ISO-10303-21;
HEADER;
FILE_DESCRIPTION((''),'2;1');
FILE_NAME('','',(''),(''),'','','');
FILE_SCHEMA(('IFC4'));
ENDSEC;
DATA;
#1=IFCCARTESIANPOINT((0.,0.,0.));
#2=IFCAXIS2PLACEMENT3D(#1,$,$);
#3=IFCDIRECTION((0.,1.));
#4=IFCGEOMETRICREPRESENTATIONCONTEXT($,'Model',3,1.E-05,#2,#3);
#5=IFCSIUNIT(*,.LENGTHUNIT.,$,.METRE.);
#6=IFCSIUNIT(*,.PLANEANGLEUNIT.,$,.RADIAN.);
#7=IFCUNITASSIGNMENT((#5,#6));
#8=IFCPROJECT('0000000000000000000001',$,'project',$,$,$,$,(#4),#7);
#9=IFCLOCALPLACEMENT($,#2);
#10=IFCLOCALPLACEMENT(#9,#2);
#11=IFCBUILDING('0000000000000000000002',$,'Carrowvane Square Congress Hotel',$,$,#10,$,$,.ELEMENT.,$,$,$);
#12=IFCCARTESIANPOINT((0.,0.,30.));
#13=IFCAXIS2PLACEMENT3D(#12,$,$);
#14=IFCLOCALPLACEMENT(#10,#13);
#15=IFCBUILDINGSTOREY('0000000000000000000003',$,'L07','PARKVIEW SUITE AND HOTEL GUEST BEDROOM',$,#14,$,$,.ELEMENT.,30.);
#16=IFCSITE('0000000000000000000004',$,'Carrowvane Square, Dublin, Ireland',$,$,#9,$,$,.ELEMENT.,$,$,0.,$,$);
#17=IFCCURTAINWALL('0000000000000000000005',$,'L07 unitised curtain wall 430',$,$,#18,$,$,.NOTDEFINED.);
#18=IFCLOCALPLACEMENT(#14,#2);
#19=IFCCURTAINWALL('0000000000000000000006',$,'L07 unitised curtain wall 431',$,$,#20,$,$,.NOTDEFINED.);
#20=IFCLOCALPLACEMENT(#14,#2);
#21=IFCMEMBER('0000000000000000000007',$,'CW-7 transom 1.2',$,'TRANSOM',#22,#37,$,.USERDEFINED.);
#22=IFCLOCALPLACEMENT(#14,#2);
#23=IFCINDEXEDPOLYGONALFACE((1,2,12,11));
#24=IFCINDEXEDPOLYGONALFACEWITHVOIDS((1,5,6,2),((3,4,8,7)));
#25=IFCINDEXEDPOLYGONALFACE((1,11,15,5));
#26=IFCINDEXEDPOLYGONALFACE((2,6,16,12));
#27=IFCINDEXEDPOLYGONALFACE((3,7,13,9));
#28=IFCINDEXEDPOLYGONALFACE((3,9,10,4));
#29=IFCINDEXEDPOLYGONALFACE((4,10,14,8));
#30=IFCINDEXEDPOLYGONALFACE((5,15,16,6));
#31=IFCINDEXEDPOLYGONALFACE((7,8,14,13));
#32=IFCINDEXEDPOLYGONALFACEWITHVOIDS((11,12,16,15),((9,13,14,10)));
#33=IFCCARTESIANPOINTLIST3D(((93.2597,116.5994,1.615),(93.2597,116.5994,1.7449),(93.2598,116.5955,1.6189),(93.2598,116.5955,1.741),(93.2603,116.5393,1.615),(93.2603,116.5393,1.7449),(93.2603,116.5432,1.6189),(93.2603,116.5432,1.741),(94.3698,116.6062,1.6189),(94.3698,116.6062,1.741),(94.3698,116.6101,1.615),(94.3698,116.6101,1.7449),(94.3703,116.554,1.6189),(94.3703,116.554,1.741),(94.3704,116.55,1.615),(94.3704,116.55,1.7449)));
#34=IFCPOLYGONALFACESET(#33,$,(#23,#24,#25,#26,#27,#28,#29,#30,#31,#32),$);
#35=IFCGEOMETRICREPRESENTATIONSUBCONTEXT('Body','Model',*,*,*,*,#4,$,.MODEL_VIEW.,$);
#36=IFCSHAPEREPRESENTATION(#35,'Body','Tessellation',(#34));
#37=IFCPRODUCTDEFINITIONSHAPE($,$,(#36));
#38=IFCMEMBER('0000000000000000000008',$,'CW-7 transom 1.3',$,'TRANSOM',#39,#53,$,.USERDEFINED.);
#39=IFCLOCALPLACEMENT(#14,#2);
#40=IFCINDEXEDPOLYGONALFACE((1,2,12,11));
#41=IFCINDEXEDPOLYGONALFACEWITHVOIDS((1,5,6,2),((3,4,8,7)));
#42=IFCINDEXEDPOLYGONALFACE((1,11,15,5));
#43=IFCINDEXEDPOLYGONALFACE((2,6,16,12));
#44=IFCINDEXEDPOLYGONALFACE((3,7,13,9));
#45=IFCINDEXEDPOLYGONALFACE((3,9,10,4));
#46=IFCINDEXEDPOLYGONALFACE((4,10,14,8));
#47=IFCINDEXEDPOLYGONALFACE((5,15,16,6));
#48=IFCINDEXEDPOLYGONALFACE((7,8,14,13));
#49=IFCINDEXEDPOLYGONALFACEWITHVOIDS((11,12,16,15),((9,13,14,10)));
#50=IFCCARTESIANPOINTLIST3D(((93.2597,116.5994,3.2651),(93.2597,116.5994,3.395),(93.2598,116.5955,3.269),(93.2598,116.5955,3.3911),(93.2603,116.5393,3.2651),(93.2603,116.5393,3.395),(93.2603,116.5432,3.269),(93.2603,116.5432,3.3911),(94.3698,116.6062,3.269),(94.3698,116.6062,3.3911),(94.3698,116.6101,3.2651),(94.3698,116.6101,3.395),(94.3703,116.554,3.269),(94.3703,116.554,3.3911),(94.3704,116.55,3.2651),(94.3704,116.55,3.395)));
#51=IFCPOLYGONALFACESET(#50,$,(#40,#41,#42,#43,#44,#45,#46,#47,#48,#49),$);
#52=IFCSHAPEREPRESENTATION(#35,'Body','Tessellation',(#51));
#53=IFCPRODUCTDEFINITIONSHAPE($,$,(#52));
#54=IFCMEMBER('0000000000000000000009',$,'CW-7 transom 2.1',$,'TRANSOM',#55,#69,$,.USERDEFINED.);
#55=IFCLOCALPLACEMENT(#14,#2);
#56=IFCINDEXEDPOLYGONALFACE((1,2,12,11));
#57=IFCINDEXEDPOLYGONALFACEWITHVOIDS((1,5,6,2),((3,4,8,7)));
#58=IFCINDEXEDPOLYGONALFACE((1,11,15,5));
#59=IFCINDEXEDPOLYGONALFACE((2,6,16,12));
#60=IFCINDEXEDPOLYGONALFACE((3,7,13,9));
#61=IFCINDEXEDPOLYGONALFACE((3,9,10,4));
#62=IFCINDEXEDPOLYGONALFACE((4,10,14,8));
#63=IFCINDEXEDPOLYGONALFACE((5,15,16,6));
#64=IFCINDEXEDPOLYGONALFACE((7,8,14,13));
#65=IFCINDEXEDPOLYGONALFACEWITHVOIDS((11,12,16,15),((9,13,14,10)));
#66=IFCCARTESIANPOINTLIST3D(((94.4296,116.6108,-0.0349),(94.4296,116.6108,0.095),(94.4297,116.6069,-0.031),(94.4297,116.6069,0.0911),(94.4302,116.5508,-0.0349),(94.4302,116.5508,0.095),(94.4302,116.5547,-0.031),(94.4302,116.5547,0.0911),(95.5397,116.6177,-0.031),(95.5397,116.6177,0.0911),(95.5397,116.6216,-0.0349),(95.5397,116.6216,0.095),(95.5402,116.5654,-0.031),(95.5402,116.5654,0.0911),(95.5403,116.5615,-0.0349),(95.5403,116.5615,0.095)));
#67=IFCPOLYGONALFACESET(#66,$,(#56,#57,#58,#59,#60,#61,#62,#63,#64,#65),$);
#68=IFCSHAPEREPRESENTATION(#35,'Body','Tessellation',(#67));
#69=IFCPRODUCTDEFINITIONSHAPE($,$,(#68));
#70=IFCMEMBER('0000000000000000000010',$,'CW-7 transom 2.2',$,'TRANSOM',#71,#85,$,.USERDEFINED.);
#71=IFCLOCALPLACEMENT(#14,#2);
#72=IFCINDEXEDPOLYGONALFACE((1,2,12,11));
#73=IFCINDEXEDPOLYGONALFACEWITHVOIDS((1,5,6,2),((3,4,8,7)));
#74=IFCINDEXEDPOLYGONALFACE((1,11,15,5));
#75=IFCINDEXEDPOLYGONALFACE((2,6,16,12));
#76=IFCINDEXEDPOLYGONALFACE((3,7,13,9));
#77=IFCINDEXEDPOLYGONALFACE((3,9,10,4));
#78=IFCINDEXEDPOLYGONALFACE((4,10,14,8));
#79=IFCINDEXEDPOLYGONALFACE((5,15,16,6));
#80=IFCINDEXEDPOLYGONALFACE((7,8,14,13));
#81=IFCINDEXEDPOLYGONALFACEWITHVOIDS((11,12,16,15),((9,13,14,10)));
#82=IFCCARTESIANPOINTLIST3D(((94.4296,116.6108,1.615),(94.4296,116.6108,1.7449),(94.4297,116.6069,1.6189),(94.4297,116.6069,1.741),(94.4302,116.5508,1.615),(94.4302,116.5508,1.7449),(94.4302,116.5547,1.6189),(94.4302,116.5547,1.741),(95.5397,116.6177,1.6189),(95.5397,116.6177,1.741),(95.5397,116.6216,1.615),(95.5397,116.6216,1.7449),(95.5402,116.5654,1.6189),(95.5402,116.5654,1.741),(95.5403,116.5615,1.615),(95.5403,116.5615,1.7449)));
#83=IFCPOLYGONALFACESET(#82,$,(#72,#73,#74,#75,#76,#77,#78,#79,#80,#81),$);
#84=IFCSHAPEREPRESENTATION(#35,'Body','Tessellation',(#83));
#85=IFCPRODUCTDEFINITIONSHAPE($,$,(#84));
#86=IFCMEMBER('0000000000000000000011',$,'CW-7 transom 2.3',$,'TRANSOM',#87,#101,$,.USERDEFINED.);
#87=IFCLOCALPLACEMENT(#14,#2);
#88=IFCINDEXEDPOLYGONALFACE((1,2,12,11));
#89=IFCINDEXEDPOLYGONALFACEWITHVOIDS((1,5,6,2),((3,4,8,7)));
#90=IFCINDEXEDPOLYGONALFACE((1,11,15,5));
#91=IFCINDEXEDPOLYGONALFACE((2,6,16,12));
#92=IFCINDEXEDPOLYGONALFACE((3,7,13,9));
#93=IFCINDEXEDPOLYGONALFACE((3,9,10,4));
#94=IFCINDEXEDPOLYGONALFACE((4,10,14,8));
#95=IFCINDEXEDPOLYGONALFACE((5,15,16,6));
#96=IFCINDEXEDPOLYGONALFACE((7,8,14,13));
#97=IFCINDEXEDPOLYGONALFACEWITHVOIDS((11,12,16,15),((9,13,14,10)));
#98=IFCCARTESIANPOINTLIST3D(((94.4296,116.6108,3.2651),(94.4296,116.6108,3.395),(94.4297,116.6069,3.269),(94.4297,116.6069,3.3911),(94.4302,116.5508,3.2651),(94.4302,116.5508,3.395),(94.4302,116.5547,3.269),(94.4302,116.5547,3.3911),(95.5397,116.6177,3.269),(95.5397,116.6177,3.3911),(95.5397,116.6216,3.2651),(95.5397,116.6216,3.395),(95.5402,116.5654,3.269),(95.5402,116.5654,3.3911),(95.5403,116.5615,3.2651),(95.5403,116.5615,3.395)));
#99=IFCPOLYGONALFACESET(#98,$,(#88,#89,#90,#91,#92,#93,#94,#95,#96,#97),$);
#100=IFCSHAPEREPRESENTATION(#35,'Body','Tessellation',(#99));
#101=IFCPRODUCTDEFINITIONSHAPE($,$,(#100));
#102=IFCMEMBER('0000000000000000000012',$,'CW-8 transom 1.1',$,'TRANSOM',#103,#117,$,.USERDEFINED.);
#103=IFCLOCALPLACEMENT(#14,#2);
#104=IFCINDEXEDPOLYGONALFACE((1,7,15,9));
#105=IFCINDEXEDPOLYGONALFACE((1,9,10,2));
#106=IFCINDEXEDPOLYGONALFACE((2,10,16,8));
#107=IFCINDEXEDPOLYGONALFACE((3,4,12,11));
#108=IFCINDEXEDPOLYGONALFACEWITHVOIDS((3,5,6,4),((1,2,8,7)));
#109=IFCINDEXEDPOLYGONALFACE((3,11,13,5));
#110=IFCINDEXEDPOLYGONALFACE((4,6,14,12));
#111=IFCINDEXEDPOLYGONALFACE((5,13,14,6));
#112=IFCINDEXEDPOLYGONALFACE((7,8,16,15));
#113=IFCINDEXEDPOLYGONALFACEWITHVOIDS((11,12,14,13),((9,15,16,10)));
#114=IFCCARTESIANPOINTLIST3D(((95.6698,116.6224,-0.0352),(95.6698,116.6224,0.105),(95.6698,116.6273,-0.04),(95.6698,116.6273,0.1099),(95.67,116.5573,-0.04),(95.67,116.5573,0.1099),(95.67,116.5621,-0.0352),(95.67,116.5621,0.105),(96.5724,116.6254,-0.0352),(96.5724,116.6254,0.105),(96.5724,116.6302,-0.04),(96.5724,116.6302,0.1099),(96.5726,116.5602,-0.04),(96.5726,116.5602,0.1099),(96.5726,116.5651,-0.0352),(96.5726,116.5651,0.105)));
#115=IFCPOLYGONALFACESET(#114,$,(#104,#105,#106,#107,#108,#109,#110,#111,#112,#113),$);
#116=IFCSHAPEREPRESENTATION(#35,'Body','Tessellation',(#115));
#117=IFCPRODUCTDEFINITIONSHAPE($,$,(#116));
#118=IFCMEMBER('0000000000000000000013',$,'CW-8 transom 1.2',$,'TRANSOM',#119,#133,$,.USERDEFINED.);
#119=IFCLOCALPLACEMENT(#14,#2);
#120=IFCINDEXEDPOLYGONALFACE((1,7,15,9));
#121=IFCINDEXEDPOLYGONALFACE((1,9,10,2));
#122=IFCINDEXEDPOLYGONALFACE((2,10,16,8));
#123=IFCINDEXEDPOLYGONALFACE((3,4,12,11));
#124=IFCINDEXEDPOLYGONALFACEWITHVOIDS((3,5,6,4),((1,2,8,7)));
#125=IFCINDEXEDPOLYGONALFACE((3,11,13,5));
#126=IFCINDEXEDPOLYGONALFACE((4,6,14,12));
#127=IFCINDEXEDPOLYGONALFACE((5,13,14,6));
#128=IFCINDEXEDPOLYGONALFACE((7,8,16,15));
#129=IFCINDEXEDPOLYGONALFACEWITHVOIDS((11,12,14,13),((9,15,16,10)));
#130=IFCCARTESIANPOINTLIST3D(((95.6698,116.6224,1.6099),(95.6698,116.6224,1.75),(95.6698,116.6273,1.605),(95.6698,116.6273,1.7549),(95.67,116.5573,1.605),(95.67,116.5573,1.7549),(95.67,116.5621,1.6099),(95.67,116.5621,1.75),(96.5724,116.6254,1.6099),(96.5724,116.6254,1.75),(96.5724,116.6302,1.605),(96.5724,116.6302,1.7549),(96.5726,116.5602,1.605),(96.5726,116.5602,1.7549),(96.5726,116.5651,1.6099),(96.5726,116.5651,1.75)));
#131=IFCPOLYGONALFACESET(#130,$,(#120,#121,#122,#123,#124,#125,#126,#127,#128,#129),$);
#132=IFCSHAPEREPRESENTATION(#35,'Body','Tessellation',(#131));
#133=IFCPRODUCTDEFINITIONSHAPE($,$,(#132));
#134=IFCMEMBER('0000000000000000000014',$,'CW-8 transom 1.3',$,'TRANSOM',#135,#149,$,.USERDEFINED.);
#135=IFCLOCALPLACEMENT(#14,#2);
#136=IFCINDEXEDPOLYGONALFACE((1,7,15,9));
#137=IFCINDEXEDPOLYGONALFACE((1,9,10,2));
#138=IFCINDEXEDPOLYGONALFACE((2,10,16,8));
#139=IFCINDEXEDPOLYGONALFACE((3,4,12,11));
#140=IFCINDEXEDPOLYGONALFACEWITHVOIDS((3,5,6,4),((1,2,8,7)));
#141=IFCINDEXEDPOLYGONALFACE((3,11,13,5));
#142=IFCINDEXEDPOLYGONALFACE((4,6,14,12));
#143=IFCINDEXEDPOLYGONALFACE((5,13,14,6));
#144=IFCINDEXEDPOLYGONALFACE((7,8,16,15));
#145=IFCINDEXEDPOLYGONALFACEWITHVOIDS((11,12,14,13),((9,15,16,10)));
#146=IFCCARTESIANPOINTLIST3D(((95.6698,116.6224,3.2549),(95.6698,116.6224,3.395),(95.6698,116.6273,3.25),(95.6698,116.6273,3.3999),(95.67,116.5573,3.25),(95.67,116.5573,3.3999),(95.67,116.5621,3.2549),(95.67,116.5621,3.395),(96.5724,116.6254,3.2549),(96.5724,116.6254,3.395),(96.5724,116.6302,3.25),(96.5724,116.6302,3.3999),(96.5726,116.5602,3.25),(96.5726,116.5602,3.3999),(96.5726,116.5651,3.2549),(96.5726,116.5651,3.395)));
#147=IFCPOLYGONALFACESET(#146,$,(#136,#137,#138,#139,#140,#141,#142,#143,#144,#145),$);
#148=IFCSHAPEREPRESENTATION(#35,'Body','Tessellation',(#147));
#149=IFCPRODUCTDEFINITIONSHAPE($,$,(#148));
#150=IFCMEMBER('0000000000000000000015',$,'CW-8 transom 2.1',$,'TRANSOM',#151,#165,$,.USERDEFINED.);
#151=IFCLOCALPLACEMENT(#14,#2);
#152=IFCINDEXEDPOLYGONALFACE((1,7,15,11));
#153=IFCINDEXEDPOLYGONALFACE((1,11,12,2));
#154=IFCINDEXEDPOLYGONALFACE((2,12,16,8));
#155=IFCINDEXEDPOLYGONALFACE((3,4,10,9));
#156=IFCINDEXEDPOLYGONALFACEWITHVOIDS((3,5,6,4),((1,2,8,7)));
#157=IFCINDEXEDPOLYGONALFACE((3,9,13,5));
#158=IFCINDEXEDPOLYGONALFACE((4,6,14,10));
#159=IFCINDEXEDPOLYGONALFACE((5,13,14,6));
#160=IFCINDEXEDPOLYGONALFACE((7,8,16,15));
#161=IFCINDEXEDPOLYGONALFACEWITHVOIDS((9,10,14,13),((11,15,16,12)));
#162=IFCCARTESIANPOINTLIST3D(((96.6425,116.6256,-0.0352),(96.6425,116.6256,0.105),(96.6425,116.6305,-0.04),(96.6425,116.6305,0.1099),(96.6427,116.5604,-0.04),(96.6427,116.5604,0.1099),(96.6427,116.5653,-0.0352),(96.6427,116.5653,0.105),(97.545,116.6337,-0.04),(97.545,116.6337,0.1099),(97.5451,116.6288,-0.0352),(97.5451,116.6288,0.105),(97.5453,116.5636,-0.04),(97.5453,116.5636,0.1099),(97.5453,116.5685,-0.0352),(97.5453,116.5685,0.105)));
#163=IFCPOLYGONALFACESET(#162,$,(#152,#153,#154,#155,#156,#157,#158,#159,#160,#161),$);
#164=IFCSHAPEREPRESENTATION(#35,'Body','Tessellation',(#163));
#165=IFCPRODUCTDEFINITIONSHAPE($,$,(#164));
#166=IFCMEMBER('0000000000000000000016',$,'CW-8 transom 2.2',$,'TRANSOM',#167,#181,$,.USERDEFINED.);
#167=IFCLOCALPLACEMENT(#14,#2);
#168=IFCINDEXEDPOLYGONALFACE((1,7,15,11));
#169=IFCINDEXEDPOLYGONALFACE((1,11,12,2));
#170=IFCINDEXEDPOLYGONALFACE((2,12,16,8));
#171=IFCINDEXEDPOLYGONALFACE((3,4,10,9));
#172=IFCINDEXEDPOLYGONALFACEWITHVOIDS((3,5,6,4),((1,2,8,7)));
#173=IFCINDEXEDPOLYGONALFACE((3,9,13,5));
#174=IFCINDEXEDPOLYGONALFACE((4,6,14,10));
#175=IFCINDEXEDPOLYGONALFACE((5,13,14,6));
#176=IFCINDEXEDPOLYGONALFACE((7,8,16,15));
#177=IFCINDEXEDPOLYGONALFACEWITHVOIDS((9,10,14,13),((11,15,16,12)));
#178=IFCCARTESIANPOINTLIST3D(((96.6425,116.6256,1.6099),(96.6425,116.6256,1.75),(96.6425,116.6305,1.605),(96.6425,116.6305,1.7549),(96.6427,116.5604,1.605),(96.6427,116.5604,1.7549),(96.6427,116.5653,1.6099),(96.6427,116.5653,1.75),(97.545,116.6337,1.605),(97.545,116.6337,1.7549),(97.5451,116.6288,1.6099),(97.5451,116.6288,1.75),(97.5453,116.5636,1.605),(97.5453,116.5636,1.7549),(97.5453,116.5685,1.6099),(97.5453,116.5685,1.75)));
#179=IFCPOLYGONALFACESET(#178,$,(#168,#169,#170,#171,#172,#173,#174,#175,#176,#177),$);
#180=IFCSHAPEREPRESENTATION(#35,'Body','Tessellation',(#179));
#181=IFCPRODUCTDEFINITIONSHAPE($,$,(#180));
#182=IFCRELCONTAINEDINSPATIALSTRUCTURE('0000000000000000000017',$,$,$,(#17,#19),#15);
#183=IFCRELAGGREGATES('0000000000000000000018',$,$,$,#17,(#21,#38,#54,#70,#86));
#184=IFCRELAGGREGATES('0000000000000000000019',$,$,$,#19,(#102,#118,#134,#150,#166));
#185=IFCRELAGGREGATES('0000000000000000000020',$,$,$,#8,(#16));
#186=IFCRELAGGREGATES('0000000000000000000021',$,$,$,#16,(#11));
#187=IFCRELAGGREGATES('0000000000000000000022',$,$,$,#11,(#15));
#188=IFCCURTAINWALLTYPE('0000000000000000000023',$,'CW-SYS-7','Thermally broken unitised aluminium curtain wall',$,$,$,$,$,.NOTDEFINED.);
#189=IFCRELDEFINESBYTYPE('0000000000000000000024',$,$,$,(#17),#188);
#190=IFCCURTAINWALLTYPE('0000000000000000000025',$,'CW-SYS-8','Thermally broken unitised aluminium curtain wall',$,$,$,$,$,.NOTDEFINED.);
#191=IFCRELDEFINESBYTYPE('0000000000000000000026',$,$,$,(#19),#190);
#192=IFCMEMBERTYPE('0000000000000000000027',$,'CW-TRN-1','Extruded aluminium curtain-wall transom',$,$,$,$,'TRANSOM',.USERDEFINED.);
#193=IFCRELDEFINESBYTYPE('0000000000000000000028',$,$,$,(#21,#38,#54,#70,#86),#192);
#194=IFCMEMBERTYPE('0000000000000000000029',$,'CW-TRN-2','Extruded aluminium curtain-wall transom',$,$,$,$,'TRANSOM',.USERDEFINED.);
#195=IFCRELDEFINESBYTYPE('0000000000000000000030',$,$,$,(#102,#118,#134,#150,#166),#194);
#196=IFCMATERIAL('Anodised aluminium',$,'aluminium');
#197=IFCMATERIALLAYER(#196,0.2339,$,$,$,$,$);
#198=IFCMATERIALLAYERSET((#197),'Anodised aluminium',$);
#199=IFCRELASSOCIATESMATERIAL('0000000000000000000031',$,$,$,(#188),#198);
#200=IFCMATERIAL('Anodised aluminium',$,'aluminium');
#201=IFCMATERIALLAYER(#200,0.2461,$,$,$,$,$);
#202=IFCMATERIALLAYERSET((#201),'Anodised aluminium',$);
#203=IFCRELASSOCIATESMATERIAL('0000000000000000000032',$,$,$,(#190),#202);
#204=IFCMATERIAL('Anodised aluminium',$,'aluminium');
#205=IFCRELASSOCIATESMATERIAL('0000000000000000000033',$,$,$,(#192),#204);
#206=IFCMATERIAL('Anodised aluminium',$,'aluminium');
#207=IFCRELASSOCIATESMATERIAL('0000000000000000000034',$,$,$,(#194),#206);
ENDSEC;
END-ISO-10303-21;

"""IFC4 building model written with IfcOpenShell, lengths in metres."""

from ifc_helpers import new_model, si_unit, direction, frame, origin, origin_2d, place, context, subcontext, project, spatial, hollow_rectangle, extrude, material, layer, layer_set, material_profile, profile_set, type_object, element, aggregate, save


model = new_model("IFC4")

# Units and contexts
model_context = context("Model", 3, precision=1e-05, world=origin(), true_north=direction((0.0, 1.0)))
body_context = subcontext(model_context, "Body", "Model", "MODEL_VIEW")
ifc_project = project(units=[si_unit("LENGTHUNIT", "METRE"), si_unit("PLANEANGLEUNIT", "RADIAN")], contexts=[model_context])

# Site, building, storey
site_placement = place(None, origin())
site = spatial("IfcSite", under=ifc_project, at=site_placement, Name="Carrowvane Square, Dublin, Ireland", CompositionType="ELEMENT", RefElevation=0.0)
building_placement = place(site_placement, origin())
building = spatial("IfcBuilding", under=site, at=building_placement, Name="Carrowvane Square Congress Hotel", CompositionType="ELEMENT")
storey_placement = place(building_placement, frame((0.0, 0.0, 30.0)))
storey = spatial("IfcBuildingStorey", under=building, at=storey_placement, Name="L07", Description="PARKVIEW SUITE AND HOTEL GUEST BEDROOM", CompositionType="ELEMENT", Elevation=30.0)

# Curtain wall
ifc_material_1 = material(Name="Anodised aluminium", Category="aluminium")
ifc_layer_1 = layer(ifc_material_1, 0.2339)
ifc_layer_set_1 = layer_set([ifc_layer_1], Name="Anodised aluminium")
curtain_wall_type_1 = type_object("IfcCurtainWallType", Name="CW-SYS-7", Description="Thermally broken unitised aluminium curtain wall", PredefinedType="NOTDEFINED", material=ifc_layer_set_1)
curtain_wall_1_placement = place(storey_placement, origin())
curtain_wall_1 = element("IfcCurtainWall", 1, at=curtain_wall_1_placement, inside=storey, type_object=curtain_wall_type_1, Name="L07 unitised curtain wall 430", PredefinedType="NOTDEFINED")

# Curtain wall
ifc_material_2 = material(Name="Anodised aluminium", Category="aluminium")
ifc_layer_2 = layer(ifc_material_2, 0.2461)
ifc_layer_set_2 = layer_set([ifc_layer_2], Name="Anodised aluminium")
curtain_wall_type_2 = type_object("IfcCurtainWallType", Name="CW-SYS-8", Description="Thermally broken unitised aluminium curtain wall", PredefinedType="NOTDEFINED", material=ifc_layer_set_2)
curtain_wall_2_placement = place(storey_placement, origin())
curtain_wall_2 = element("IfcCurtainWall", 2, at=curtain_wall_2_placement, inside=storey, type_object=curtain_wall_type_2, Name="L07 unitised curtain wall 431", PredefinedType="NOTDEFINED")

# Members
ifc_material_3 = material(Name="Anodised aluminium", Category="aluminium")
ifc_material_profile_1 = material_profile(ifc_material_3, hollow_rectangle(XDim=0.0601, YDim=0.1299, WallThickness=0.0039, at=origin_2d()), Name="CW-TR 60x130x4")
ifc_profile_set_1 = profile_set([ifc_material_profile_1], Name="Anodised aluminium")
member_type_1 = type_object("IfcMemberType", Name="CW-TRN-1", Description="Extruded aluminium curtain-wall transom", ElementType="TRANSOM", PredefinedType="USERDEFINED", material=ifc_profile_set_1)
member_1_placement = place(storey_placement, frame((93.26, 116.5693, 1.6799), z_axis=(0.999953, 0.009676, 0.0), x_axis=(-0.009676, 0.999953, 0.0)))
member_1 = element("IfcMember", 3, at=member_1_placement, type_object=member_type_1, Name="CW-7 transom 1.2", ObjectType="TRANSOM", PredefinedType="USERDEFINED", context=body_context, shape_type="SweptSolid", body=[
    extrude(hollow_rectangle(XDim=0.0601, YDim=0.1299, WallThickness=0.0039, at=origin_2d()), origin(), (0.0, 0.0, 1.0), 1.1101),
])
member_2_placement = place(storey_placement, frame((93.26, 116.5693, 3.3301), z_axis=(0.999953, 0.009676, 0.0), x_axis=(-0.009676, 0.999953, 0.0)))
member_2 = element("IfcMember", 4, at=member_2_placement, type_object=member_type_1, Name="CW-7 transom 1.3", ObjectType="TRANSOM", PredefinedType="USERDEFINED", context=body_context, shape_type="SweptSolid", body=[
    extrude(hollow_rectangle(XDim=0.0601, YDim=0.1299, WallThickness=0.0039, at=origin_2d()), origin(), (0.0, 0.0, 1.0), 1.1101),
])
member_3_placement = place(storey_placement, frame((94.4299, 116.5808, 0.03), z_axis=(0.999953, 0.009676, 0.0), x_axis=(-0.009676, 0.999953, 0.0)))
member_3 = element("IfcMember", 5, at=member_3_placement, type_object=member_type_1, Name="CW-7 transom 2.1", ObjectType="TRANSOM", PredefinedType="USERDEFINED", context=body_context, shape_type="SweptSolid", body=[
    extrude(hollow_rectangle(XDim=0.0601, YDim=0.1299, WallThickness=0.0039, at=origin_2d()), origin(), (0.0, 0.0, 1.0), 1.1101),
])
member_4_placement = place(storey_placement, frame((94.4299, 116.5808, 1.6799), z_axis=(0.999953, 0.009676, 0.0), x_axis=(-0.009676, 0.999953, 0.0)))
member_4 = element("IfcMember", 6, at=member_4_placement, type_object=member_type_1, Name="CW-7 transom 2.2", ObjectType="TRANSOM", PredefinedType="USERDEFINED", context=body_context, shape_type="SweptSolid", body=[
    extrude(hollow_rectangle(XDim=0.0601, YDim=0.1299, WallThickness=0.0039, at=origin_2d()), origin(), (0.0, 0.0, 1.0), 1.1101),
])
member_5_placement = place(storey_placement, frame((94.4299, 116.5808, 3.3301), z_axis=(0.999953, 0.009676, 0.0), x_axis=(-0.009676, 0.999953, 0.0)))
member_5 = element("IfcMember", 7, at=member_5_placement, type_object=member_type_1, Name="CW-7 transom 2.3", ObjectType="TRANSOM", PredefinedType="USERDEFINED", context=body_context, shape_type="SweptSolid", body=[
    extrude(hollow_rectangle(XDim=0.0601, YDim=0.1299, WallThickness=0.0039, at=origin_2d()), origin(), (0.0, 0.0, 1.0), 1.1101),
])
ifc_material_4 = material(Name="Anodised aluminium", Category="aluminium")
ifc_material_profile_2 = material_profile(ifc_material_4, hollow_rectangle(XDim=0.0701, YDim=0.1499, WallThickness=0.0049, at=origin_2d()), Name="CW-TR 70x150x5")
ifc_profile_set_2 = profile_set([ifc_material_profile_2], Name="Anodised aluminium")
member_type_2 = type_object("IfcMemberType", Name="CW-TRN-2", Description="Extruded aluminium curtain-wall transom", ElementType="TRANSOM", PredefinedType="USERDEFINED", material=ifc_profile_set_2)
member_6_placement = place(storey_placement, frame((95.6699, 116.5923, 0.0349), z_axis=(0.999995, 0.003246, 0.0), x_axis=(-0.003246, 0.999995, 0.0)))
member_6 = element("IfcMember", 8, at=member_6_placement, type_object=member_type_2, Name="CW-8 transom 1.1", ObjectType="TRANSOM", PredefinedType="USERDEFINED", context=body_context, shape_type="SweptSolid", body=[
    extrude(hollow_rectangle(XDim=0.0701, YDim=0.1499, WallThickness=0.0049, at=origin_2d()), origin(), (0.0, 0.0, 1.0), 0.9026),
])
member_7_placement = place(storey_placement, frame((95.6699, 116.5923, 1.6799), z_axis=(0.999995, 0.003246, 0.0), x_axis=(-0.003246, 0.999995, 0.0)))
member_7 = element("IfcMember", 9, at=member_7_placement, type_object=member_type_2, Name="CW-8 transom 1.2", ObjectType="TRANSOM", PredefinedType="USERDEFINED", context=body_context, shape_type="SweptSolid", body=[
    extrude(hollow_rectangle(XDim=0.0701, YDim=0.1499, WallThickness=0.0049, at=origin_2d()), origin(), (0.0, 0.0, 1.0), 0.9026),
])
member_8_placement = place(storey_placement, frame((95.6699, 116.5923, 3.325), z_axis=(0.999995, 0.003246, 0.0), x_axis=(-0.003246, 0.999995, 0.0)))
member_8 = element("IfcMember", 10, at=member_8_placement, type_object=member_type_2, Name="CW-8 transom 1.3", ObjectType="TRANSOM", PredefinedType="USERDEFINED", context=body_context, shape_type="SweptSolid", body=[
    extrude(hollow_rectangle(XDim=0.0701, YDim=0.1499, WallThickness=0.0049, at=origin_2d()), origin(), (0.0, 0.0, 1.0), 0.9026),
])
member_9_placement = place(storey_placement, frame((96.6426, 116.5955, 0.0349), z_axis=(0.999994, 0.003516, 0.0), x_axis=(-0.003516, 0.999994, 0.0)))
member_9 = element("IfcMember", 11, at=member_9_placement, type_object=member_type_2, Name="CW-8 transom 2.1", ObjectType="TRANSOM", PredefinedType="USERDEFINED", context=body_context, shape_type="SweptSolid", body=[
    extrude(hollow_rectangle(XDim=0.0701, YDim=0.1499, WallThickness=0.0049, at=origin_2d()), origin(), (0.0, 0.0, 1.0), 0.9026),
])
member_10_placement = place(storey_placement, frame((96.6426, 116.5955, 1.6799), z_axis=(0.999994, 0.003516, 0.0), x_axis=(-0.003516, 0.999994, 0.0)))
member_10 = element("IfcMember", 12, at=member_10_placement, type_object=member_type_2, Name="CW-8 transom 2.2", ObjectType="TRANSOM", PredefinedType="USERDEFINED", context=body_context, shape_type="SweptSolid", body=[
    extrude(hollow_rectangle(XDim=0.0701, YDim=0.1499, WallThickness=0.0049, at=origin_2d()), origin(), (0.0, 0.0, 1.0), 0.9026),
])

aggregate(curtain_wall_1, [member_1, member_2, member_3, member_4, member_5])
aggregate(curtain_wall_2, [member_6, member_7, member_8, member_9, member_10])

save(model, "model.ifc")
